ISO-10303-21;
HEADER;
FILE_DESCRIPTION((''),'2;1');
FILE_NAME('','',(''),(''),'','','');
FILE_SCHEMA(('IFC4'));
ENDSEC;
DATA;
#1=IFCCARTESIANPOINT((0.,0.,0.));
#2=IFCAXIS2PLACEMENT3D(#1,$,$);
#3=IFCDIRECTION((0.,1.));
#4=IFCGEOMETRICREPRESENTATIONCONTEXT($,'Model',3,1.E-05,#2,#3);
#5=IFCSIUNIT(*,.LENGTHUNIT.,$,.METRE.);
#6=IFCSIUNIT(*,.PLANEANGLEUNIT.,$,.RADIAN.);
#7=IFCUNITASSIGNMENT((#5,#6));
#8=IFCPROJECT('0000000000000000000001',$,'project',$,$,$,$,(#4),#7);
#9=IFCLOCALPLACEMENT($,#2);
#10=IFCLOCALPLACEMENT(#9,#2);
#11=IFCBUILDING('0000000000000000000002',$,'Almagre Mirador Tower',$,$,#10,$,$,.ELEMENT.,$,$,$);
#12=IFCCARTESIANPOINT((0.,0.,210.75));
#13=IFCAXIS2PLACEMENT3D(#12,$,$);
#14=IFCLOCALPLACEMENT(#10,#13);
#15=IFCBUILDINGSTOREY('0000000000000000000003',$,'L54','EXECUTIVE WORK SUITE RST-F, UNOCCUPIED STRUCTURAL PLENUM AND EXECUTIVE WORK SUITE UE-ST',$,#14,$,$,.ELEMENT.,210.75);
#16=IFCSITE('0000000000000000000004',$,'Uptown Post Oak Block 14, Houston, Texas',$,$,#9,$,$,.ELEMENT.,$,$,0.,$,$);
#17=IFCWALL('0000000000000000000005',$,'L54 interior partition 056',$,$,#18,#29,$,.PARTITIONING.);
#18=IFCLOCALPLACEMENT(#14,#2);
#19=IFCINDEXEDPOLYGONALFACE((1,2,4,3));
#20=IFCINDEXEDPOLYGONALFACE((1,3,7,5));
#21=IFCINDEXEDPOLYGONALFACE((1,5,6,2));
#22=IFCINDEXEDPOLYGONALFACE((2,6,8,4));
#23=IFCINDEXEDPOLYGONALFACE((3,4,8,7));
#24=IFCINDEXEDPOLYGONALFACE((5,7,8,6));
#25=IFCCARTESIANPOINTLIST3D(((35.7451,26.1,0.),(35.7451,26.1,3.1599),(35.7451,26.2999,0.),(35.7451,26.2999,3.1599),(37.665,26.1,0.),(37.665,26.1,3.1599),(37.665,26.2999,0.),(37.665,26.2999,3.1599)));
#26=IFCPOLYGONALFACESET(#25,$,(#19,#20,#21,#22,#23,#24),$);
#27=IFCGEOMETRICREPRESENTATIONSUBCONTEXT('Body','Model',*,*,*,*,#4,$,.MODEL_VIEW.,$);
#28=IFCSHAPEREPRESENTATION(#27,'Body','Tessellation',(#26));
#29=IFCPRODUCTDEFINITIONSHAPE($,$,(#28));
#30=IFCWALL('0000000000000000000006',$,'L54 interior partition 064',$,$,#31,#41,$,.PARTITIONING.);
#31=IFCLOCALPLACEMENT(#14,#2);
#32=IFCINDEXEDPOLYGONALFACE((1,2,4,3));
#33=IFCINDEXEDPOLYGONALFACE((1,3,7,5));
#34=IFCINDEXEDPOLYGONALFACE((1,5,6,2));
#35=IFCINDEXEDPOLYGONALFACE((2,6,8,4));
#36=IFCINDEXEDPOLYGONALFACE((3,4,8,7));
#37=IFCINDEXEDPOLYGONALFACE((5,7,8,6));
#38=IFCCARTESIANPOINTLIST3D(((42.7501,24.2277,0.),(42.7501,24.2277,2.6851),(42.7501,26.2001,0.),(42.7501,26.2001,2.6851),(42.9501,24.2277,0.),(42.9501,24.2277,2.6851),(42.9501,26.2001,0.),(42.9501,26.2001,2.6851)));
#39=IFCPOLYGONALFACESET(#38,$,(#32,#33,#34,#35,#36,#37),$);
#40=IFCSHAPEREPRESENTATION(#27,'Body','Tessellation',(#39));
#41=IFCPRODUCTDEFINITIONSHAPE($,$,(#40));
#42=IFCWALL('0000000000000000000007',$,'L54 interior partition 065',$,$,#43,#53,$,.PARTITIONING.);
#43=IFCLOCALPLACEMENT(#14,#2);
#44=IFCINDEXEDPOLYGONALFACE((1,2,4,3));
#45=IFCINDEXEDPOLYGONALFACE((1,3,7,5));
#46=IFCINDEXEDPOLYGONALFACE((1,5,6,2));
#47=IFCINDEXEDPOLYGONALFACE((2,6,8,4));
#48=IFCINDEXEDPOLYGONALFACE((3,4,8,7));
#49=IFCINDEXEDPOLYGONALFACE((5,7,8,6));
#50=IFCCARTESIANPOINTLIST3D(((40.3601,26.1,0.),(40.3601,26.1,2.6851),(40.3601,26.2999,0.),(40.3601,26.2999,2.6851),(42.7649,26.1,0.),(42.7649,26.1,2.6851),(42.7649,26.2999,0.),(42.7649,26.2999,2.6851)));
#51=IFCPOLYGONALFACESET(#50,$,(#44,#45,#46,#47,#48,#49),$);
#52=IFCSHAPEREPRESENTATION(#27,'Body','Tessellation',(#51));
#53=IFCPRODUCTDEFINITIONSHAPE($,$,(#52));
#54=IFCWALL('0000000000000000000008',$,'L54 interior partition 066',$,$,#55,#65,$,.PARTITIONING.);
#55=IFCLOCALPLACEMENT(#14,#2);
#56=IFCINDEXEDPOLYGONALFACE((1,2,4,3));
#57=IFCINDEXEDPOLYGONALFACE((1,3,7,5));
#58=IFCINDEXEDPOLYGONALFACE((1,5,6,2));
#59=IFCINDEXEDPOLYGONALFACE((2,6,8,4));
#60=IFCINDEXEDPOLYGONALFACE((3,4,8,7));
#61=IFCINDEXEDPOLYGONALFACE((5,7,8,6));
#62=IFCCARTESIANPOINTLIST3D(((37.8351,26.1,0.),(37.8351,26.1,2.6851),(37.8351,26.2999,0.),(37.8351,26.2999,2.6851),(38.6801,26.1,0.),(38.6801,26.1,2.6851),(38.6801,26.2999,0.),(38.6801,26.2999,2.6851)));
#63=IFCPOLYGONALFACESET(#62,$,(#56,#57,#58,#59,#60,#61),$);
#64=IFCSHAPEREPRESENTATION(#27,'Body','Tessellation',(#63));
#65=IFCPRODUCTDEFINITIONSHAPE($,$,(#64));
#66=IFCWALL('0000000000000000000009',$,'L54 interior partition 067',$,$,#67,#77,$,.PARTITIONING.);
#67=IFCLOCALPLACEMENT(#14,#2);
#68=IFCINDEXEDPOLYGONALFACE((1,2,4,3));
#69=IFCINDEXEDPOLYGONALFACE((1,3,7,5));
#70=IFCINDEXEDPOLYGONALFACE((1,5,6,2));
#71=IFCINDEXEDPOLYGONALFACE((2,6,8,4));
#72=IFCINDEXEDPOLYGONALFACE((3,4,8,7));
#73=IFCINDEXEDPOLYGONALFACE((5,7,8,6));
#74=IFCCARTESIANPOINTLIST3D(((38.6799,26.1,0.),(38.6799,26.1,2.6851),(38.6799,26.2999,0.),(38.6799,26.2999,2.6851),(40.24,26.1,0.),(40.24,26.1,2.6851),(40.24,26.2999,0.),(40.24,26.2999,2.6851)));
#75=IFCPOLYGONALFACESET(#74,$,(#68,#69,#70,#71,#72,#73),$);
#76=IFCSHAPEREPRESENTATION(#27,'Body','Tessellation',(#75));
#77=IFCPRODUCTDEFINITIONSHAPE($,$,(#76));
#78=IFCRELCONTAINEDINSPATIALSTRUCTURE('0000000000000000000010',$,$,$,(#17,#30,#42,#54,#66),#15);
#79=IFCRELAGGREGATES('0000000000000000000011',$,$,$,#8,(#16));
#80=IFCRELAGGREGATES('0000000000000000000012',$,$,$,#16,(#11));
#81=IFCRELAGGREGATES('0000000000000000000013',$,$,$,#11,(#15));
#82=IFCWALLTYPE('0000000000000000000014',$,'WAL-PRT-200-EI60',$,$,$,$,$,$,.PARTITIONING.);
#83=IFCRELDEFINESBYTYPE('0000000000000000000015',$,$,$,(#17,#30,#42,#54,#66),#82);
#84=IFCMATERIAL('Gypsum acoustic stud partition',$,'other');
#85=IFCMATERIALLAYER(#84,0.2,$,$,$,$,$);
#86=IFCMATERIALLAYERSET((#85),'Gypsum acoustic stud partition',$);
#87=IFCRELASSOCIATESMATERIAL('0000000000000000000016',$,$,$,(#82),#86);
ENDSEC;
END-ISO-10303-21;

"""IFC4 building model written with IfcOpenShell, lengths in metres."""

from ifc_helpers import new_model, si_unit, direction, frame, frame_2d, origin, place, context, subcontext, project, spatial, rectangle, extrude, material, layer, layer_set, type_object, element, save


model = new_model("IFC4")

# Units and contexts
model_context = context("Model", 3, precision=1e-05, world=origin(), true_north=direction((0.0, 1.0)))
body_context = subcontext(model_context, "Body", "Model", "MODEL_VIEW")
ifc_project = project(units=[si_unit("LENGTHUNIT", "METRE"), si_unit("PLANEANGLEUNIT", "RADIAN")], contexts=[model_context])

# Site, building, storey
site_placement = place(None, origin())
site = spatial("IfcSite", under=ifc_project, at=site_placement, Name="Uptown Post Oak Block 14, Houston, Texas", CompositionType="ELEMENT", RefElevation=0.0)
building_placement = place(site_placement, origin())
building = spatial("IfcBuilding", under=site, at=building_placement, Name="Almagre Mirador Tower", CompositionType="ELEMENT")
storey_placement = place(building_placement, frame((0.0, 0.0, 210.75)))
storey = spatial("IfcBuildingStorey", under=building, at=storey_placement, Name="L54", Description="EXECUTIVE WORK SUITE RST-F, UNOCCUPIED STRUCTURAL PLENUM AND EXECUTIVE WORK SUITE UE-ST", CompositionType="ELEMENT", Elevation=210.75)

# Shared definitions
ifc_material_1 = material(Name="Gypsum acoustic stud partition", Category="other")
ifc_layer_1 = layer(ifc_material_1, 0.2)
ifc_layer_set_1 = layer_set([ifc_layer_1], Name="Gypsum acoustic stud partition")
wall_type_1 = type_object("IfcWallType", Name="WAL-PRT-200-EI60", PredefinedType="PARTITIONING", material=ifc_layer_set_1)

# Walls
wall_1_placement = place(storey_placement, frame((37.665, 26.2, 0.0), z_axis=(0.0, 0.0, 1.0), x_axis=(-1.0, 0.0, 0.0)))
element("IfcWall", 1, at=wall_1_placement, inside=storey, type_object=wall_type_1, Name="L54 interior partition 056", PredefinedType="PARTITIONING", context=body_context, shape_type="SweptSolid", body=[
    extrude(rectangle(XDim=1.9199, YDim=0.2, at=frame_2d((0.96, 0.0))), origin(), (0.0, 0.0, 1.0), 3.1599),
])
wall_2_placement = place(storey_placement, frame((42.8501, 24.2275, 0.0), z_axis=(0.0, 0.0, 1.0), x_axis=(0.0, 1.0, 0.0)))
element("IfcWall", 2, at=wall_2_placement, inside=storey, type_object=wall_type_1, Name="L54 interior partition 064", PredefinedType="PARTITIONING", context=body_context, shape_type="SweptSolid", body=[
    extrude(rectangle(XDim=1.9724, YDim=0.2, at=frame_2d((0.9863, 0.0))), origin(), (0.0, 0.0, 1.0), 2.6851),
])
wall_3_placement = place(storey_placement, frame((42.7649, 26.2, 0.0), z_axis=(0.0, 0.0, 1.0), x_axis=(-1.0, 0.0, 0.0)))
element("IfcWall", 3, at=wall_3_placement, inside=storey, type_object=wall_type_1, Name="L54 interior partition 065", PredefinedType="PARTITIONING", context=body_context, shape_type="SweptSolid", body=[
    extrude(rectangle(XDim=2.4048, YDim=0.2, at=frame_2d((1.2024, 0.0))), origin(), (0.0, 0.0, 1.0), 2.6851),
])
wall_4_placement = place(storey_placement, frame((38.6799, 26.2, 0.0), z_axis=(0.0, 0.0, 1.0), x_axis=(-1.0, 0.0, 0.0)))
element("IfcWall", 4, at=wall_4_placement, inside=storey, type_object=wall_type_1, Name="L54 interior partition 066", PredefinedType="PARTITIONING", context=body_context, shape_type="SweptSolid", body=[
    extrude(rectangle(XDim=0.845, YDim=0.2, at=frame_2d((0.4224, 0.0))), origin(), (0.0, 0.0, 1.0), 2.6851),
])
wall_5_placement = place(storey_placement, frame((40.24, 26.2, 0.0), z_axis=(0.0, 0.0, 1.0), x_axis=(-1.0, 0.0, 0.0)))
element("IfcWall", 5, at=wall_5_placement, inside=storey, type_object=wall_type_1, Name="L54 interior partition 067", PredefinedType="PARTITIONING", context=body_context, shape_type="SweptSolid", body=[
    extrude(rectangle(XDim=1.5601, YDim=0.2, at=frame_2d((0.78, 0.0))), origin(), (0.0, 0.0, 1.0), 2.6851),
])

save(model, "model.ifc")
